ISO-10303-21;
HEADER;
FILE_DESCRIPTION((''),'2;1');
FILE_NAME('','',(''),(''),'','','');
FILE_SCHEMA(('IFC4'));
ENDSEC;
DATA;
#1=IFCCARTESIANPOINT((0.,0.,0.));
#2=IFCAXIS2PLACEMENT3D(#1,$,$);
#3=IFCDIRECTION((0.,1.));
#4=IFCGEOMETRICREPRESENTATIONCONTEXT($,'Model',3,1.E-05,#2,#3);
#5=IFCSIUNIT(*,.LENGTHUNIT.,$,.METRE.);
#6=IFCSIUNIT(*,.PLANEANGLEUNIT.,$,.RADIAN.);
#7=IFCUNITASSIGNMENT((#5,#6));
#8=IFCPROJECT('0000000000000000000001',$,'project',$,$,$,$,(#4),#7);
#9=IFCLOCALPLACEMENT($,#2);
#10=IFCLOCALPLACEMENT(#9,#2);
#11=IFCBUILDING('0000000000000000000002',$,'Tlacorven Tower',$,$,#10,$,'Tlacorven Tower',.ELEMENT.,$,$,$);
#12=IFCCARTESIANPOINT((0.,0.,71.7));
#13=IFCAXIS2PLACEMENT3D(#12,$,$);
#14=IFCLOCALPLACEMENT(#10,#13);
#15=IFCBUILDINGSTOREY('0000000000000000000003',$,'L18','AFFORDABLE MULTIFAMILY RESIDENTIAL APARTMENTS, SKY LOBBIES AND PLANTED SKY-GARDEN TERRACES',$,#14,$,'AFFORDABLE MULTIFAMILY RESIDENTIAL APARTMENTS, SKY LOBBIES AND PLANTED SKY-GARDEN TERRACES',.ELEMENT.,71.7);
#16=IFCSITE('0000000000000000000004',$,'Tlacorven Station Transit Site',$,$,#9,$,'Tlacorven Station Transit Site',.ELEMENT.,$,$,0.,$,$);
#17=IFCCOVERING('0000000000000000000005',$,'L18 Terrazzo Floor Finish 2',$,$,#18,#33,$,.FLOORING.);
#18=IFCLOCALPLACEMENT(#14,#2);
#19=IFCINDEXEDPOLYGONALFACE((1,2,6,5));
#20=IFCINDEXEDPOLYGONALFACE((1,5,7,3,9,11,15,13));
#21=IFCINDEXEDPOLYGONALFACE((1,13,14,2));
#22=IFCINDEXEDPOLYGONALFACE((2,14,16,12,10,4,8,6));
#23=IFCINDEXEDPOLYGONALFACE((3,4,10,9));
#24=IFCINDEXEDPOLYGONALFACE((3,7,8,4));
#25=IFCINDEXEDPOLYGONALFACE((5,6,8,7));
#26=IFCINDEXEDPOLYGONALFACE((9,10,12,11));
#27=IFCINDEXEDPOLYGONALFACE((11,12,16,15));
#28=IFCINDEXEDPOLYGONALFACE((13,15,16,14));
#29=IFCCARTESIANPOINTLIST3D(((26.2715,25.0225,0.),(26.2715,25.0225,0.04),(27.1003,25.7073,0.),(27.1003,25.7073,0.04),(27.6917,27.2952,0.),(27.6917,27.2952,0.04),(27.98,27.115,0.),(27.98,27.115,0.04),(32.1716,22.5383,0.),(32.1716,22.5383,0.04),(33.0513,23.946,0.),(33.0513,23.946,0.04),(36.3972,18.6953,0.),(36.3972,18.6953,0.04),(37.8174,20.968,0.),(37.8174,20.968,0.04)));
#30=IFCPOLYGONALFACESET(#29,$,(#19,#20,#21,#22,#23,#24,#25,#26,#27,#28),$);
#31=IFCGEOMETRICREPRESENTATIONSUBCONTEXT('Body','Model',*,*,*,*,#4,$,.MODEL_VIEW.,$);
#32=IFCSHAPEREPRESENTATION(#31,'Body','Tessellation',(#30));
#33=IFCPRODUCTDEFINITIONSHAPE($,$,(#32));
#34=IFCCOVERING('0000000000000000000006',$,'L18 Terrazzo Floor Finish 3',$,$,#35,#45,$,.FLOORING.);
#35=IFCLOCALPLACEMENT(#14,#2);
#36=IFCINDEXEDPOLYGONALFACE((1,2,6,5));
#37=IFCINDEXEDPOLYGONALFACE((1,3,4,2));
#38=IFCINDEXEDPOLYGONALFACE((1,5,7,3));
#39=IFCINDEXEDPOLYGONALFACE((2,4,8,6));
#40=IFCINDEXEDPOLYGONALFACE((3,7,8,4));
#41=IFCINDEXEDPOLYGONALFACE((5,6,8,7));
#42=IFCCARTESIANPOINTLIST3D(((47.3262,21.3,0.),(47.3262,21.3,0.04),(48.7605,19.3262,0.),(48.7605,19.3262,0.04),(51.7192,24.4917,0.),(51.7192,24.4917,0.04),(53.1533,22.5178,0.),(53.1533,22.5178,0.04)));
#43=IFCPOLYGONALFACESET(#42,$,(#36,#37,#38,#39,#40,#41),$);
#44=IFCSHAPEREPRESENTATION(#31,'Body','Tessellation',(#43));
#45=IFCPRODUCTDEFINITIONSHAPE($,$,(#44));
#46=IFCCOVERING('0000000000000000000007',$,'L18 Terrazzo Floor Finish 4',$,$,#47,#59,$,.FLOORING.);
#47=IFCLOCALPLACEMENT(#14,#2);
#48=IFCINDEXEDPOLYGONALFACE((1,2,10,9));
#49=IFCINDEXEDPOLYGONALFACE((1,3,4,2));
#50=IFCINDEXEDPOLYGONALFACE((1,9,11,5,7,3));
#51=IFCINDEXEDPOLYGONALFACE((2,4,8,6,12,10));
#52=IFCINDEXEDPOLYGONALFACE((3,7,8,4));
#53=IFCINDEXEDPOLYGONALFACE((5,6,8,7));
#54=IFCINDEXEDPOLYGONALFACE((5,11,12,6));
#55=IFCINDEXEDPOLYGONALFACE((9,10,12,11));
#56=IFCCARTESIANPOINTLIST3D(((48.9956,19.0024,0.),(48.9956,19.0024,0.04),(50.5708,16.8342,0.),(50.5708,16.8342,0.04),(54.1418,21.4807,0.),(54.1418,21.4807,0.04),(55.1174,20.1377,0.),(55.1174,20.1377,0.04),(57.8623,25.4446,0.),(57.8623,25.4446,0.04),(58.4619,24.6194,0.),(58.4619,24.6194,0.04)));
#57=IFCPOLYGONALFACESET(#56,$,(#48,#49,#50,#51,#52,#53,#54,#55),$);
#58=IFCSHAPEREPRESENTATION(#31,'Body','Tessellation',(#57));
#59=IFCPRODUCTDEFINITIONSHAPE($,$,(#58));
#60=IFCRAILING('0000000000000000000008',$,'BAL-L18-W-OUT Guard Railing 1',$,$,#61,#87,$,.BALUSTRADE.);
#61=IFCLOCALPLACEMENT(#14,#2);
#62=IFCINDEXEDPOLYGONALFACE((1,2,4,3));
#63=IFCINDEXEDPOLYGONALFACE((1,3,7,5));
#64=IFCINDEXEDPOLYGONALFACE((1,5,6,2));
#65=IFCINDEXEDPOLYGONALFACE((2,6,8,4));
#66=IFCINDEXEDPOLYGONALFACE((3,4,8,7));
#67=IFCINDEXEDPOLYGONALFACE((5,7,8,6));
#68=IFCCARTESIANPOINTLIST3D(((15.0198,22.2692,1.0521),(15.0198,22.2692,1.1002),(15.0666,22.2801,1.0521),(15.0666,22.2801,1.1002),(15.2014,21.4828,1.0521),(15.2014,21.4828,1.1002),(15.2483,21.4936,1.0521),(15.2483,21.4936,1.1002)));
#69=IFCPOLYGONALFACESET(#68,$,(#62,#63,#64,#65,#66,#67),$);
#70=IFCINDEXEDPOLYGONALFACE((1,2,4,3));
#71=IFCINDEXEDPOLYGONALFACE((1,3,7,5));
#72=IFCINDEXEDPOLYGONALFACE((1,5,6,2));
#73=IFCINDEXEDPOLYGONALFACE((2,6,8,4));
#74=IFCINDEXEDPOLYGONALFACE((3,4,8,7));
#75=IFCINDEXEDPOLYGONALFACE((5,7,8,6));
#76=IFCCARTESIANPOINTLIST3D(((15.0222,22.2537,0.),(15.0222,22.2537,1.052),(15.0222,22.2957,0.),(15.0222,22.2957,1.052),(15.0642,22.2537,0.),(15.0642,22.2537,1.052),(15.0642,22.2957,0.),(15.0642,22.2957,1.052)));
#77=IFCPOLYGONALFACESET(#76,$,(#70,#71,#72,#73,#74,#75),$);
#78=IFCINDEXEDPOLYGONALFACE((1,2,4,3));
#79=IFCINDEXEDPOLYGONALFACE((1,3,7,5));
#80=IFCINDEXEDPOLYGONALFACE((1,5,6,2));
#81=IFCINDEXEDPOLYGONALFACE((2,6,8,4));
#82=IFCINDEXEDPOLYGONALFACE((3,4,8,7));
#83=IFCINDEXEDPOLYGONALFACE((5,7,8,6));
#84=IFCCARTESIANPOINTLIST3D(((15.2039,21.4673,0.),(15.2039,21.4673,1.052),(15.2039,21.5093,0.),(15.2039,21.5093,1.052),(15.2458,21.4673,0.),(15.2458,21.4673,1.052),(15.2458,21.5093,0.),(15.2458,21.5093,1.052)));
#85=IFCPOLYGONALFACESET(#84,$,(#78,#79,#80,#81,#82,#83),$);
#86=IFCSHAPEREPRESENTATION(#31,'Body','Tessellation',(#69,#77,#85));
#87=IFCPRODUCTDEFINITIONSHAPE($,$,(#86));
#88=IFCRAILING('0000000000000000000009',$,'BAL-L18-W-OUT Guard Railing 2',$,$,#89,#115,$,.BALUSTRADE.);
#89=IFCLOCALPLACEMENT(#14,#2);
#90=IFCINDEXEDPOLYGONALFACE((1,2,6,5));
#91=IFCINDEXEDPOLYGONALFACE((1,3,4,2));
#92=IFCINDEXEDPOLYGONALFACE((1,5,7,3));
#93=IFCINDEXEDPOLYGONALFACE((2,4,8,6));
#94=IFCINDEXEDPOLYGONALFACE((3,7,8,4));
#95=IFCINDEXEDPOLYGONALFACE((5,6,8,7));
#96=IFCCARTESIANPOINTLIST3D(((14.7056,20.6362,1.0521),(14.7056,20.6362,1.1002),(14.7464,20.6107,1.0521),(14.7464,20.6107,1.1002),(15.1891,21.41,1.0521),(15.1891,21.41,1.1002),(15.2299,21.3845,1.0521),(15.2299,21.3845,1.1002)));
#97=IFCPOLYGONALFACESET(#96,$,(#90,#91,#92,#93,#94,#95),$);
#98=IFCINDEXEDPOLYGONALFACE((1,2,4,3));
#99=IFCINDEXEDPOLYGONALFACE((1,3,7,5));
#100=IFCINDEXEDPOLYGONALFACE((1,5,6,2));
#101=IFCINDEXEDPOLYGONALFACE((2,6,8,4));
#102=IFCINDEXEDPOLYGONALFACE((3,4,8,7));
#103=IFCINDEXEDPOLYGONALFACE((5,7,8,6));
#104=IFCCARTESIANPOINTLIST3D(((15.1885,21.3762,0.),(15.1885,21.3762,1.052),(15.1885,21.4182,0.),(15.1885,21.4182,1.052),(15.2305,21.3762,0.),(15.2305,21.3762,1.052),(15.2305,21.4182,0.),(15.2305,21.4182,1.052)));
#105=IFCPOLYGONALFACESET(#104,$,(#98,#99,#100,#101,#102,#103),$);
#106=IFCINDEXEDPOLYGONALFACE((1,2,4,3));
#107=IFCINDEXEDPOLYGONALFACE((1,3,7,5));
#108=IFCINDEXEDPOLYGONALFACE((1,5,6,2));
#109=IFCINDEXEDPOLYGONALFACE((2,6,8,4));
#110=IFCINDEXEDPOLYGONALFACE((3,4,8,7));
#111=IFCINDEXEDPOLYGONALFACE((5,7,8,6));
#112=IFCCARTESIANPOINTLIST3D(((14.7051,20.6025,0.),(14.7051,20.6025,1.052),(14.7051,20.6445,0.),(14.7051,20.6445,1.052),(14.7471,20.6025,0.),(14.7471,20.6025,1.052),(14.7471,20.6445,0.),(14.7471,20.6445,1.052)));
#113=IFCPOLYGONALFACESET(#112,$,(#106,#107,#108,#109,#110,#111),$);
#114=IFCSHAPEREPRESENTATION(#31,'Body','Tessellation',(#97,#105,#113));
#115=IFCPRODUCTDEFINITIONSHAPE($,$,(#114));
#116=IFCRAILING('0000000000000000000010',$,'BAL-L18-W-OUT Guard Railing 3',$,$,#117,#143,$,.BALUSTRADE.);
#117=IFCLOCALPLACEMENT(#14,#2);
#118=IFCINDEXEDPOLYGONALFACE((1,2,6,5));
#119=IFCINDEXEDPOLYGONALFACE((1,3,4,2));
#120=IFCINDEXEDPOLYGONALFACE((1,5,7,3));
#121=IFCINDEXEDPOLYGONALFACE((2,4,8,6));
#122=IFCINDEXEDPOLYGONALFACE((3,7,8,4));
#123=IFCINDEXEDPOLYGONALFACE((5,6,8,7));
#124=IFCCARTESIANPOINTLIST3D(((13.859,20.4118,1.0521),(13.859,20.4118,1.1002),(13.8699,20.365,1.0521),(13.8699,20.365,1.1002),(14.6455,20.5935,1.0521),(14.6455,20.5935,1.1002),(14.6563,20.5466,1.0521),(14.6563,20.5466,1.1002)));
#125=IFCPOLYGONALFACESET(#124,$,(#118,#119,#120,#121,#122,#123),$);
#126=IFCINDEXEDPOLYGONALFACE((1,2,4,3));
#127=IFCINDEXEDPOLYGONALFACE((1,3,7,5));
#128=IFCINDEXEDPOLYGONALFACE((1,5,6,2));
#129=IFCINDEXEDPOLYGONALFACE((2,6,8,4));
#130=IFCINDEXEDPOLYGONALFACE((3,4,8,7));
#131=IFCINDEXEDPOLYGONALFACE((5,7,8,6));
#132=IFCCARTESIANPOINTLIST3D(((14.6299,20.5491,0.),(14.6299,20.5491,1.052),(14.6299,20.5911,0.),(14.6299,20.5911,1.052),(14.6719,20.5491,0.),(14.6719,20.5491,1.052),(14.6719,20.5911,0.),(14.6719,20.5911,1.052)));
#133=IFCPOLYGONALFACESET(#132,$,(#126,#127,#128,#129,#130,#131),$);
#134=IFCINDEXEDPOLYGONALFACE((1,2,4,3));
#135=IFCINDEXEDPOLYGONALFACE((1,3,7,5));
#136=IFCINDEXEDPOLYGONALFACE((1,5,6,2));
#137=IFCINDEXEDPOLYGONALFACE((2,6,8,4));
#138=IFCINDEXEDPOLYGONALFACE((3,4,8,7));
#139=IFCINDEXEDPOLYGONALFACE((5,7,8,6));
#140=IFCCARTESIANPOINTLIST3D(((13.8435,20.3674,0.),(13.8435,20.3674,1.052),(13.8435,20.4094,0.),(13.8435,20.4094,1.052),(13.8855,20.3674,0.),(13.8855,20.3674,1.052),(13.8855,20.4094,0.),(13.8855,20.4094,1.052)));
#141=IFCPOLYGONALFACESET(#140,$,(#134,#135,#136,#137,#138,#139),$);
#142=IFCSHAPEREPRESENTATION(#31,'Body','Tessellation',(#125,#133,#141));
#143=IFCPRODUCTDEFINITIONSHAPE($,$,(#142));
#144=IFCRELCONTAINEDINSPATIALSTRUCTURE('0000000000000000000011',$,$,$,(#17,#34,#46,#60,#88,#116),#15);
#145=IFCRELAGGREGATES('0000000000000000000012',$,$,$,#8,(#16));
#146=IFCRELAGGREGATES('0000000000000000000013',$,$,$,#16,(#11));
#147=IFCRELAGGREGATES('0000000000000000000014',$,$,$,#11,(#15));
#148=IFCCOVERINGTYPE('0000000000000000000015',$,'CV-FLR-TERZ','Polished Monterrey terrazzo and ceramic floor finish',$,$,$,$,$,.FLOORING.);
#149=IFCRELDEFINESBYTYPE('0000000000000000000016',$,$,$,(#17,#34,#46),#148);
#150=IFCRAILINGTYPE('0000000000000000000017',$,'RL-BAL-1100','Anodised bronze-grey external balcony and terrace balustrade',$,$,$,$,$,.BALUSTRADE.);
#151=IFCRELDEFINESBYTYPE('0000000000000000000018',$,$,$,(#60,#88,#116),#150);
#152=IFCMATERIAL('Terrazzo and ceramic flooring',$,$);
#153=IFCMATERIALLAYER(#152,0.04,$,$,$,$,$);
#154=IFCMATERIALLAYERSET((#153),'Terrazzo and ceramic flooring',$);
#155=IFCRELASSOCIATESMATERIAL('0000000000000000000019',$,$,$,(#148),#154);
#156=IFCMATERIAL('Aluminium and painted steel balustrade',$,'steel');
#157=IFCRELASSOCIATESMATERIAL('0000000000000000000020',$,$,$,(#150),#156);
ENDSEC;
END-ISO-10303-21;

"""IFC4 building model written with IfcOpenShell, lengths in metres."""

from ifc_helpers import new_model, si_unit, direction, frame, origin, origin_2d, place, context, subcontext, project, spatial, polyline, rectangle, outline, extrude, source, transform, mapped, material, layer, layer_set, type_object, element, save


model = new_model("IFC4")

# Units and contexts
model_context = context("Model", 3, precision=1e-05, world=origin(), true_north=direction((0.0, 1.0)))
body_context = subcontext(model_context, "Body", "Model", "MODEL_VIEW")
ifc_project = project(units=[si_unit("LENGTHUNIT", "METRE"), si_unit("PLANEANGLEUNIT", "RADIAN")], contexts=[model_context])

# Site, building, storey
site_placement = place(None, origin())
site = spatial("IfcSite", under=ifc_project, at=site_placement, Name="Tlacorven Station Transit Site", LongName="Tlacorven Station Transit Site", CompositionType="ELEMENT", RefElevation=0.0)
building_placement = place(site_placement, origin())
building = spatial("IfcBuilding", under=site, at=building_placement, Name="Tlacorven Tower", LongName="Tlacorven Tower", CompositionType="ELEMENT")
storey_placement = place(building_placement, frame((0.0, 0.0, 71.7)))
storey = spatial("IfcBuildingStorey", under=building, at=storey_placement, Name="L18", Description="AFFORDABLE MULTIFAMILY RESIDENTIAL APARTMENTS, SKY LOBBIES AND PLANTED SKY-GARDEN TERRACES", LongName="AFFORDABLE MULTIFAMILY RESIDENTIAL APARTMENTS, SKY LOBBIES AND PLANTED SKY-GARDEN TERRACES", CompositionType="ELEMENT", Elevation=71.7)

# Coverings
ifc_material_1 = material(Name="Terrazzo and ceramic flooring")
ifc_layer_1 = layer(ifc_material_1, 0.04)
ifc_layer_set_1 = layer_set([ifc_layer_1], Name="Terrazzo and ceramic flooring")
covering_type_1 = type_object("IfcCoveringType", Name="CV-FLR-TERZ", Description="Polished Monterrey terrazzo and ceramic floor finish", PredefinedType="FLOORING", material=ifc_layer_set_1)
covering_1_placement = place(storey_placement, origin())
element("IfcCovering", 1, at=covering_1_placement, inside=storey, type_object=covering_type_1, Name="L18 Terrazzo Floor Finish 2", PredefinedType="FLOORING", context=body_context, shape_type="SweptSolid", body=[
    extrude(outline(polyline([(37.8174, 20.968), (36.3972, 18.6953), (26.2715, 25.0225), (27.6917, 27.2952), (27.98, 27.115), (27.1003, 25.7073), (32.1716, 22.5383), (33.0513, 23.946), (37.8174, 20.968)])), origin(), (0.0, 0.0, 1.0), 0.04),
])
covering_2_placement = place(storey_placement, origin())
element("IfcCovering", 2, at=covering_2_placement, inside=storey, type_object=covering_type_1, Name="L18 Terrazzo Floor Finish 3", PredefinedType="FLOORING", context=body_context, shape_type="SweptSolid", body=[
    extrude(outline(polyline([(48.7605, 19.3262), (47.3262, 21.3), (51.7192, 24.4917), (53.1533, 22.5178), (48.7605, 19.3262)])), origin(), (0.0, 0.0, 1.0), 0.04),
])
covering_3_placement = place(storey_placement, origin())
element("IfcCovering", 3, at=covering_3_placement, inside=storey, type_object=covering_type_1, Name="L18 Terrazzo Floor Finish 4", PredefinedType="FLOORING", context=body_context, shape_type="SweptSolid", body=[
    extrude(outline(polyline([(50.5708, 16.8342), (48.9956, 19.0024), (57.8623, 25.4446), (58.4619, 24.6194), (54.1418, 21.4807), (55.1174, 20.1377), (50.5708, 16.8342)])), origin(), (0.0, 0.0, 1.0), 0.04),
])

# Railings
ifc_material_2 = material(Name="Aluminium and painted steel balustrade", Category="steel")
railing_type_1 = type_object("IfcRailingType", Name="RL-BAL-1100", Description="Anodised bronze-grey external balcony and terrace balustrade", PredefinedType="BALUSTRADE", material=ifc_material_2)
shared_shape_1 = source(origin(), body_context, "Body", "SweptSolid", [
    extrude(rectangle(XDim=0.0481, YDim=0.0481, at=origin_2d()), frame((0.0, 0.0, 1.0762), z_axis=(0.225058, -0.974345, 0.0), x_axis=(0.974345, 0.225058, 0.0)), (0.0, 0.0, 1.0), 0.8071),
    extrude(rectangle(XDim=0.042, YDim=0.042, at=origin_2d()), origin(), (0.0, 0.0, 1.0), 1.052),
    extrude(rectangle(XDim=0.042, YDim=0.042, at=origin_2d()), frame((0.1816, -0.7864, 0.0)), (0.0, 0.0, 1.0), 1.052),
])
railing_1_placement = place(storey_placement, frame((15.0432, 22.2747, 0.0)))
element("IfcRailing", 4, at=railing_1_placement, inside=storey, type_object=railing_type_1, Name="BAL-L18-W-OUT Guard Railing 1", PredefinedType="BALUSTRADE", context=body_context, shape_type="MappedRepresentation", body=[
    mapped(shared_shape_1, transform((0.0, 0.0, 0.0), scale=1.0)),
])
shared_shape_2 = source(origin(), body_context, "Body", "SweptSolid", [
    extrude(rectangle(XDim=0.0481, YDim=0.0481, at=origin_2d()), frame((0.0, 0.0, 1.0762), z_axis=(-0.529879, -0.848073, 0.0), x_axis=(0.848073, -0.529879, 0.0)), (0.0, 0.0, 1.0), 0.9124),
    extrude(rectangle(XDim=0.042, YDim=0.042, at=origin_2d()), origin(), (0.0, 0.0, 1.0), 1.052),
    extrude(rectangle(XDim=0.042, YDim=0.042, at=origin_2d()), frame((-0.4834, -0.7737, 0.0)), (0.0, 0.0, 1.0), 1.052),
])
railing_2_placement = place(storey_placement, frame((15.2095, 21.3972, 0.0)))
element("IfcRailing", 5, at=railing_2_placement, inside=storey, type_object=railing_type_1, Name="BAL-L18-W-OUT Guard Railing 2", PredefinedType="BALUSTRADE", context=body_context, shape_type="MappedRepresentation", body=[
    mapped(shared_shape_2, transform((0.0, 0.0, 0.0), scale=1.0)),
])
shared_shape_3 = source(origin(), body_context, "Body", "SweptSolid", [
    extrude(rectangle(XDim=0.0481, YDim=0.0481, at=origin_2d()), frame((0.0, 0.0, 1.0762), z_axis=(-0.974345, -0.225058, 0.0), x_axis=(0.225058, -0.974345, 0.0)), (0.0, 0.0, 1.0), 0.8071),
    extrude(rectangle(XDim=0.042, YDim=0.042, at=origin_2d()), origin(), (0.0, 0.0, 1.0), 1.052),
    extrude(rectangle(XDim=0.042, YDim=0.042, at=origin_2d()), frame((-0.7864, -0.1816, 0.0)), (0.0, 0.0, 1.0), 1.052),
])
railing_3_placement = place(storey_placement, frame((14.6509, 20.5701, 0.0)))
element("IfcRailing", 6, at=railing_3_placement, inside=storey, type_object=railing_type_1, Name="BAL-L18-W-OUT Guard Railing 3", PredefinedType="BALUSTRADE", context=body_context, shape_type="MappedRepresentation", body=[
    mapped(shared_shape_3, transform((0.0, 0.0, 0.0), scale=1.0)),
])

save(model, "model.ifc")
